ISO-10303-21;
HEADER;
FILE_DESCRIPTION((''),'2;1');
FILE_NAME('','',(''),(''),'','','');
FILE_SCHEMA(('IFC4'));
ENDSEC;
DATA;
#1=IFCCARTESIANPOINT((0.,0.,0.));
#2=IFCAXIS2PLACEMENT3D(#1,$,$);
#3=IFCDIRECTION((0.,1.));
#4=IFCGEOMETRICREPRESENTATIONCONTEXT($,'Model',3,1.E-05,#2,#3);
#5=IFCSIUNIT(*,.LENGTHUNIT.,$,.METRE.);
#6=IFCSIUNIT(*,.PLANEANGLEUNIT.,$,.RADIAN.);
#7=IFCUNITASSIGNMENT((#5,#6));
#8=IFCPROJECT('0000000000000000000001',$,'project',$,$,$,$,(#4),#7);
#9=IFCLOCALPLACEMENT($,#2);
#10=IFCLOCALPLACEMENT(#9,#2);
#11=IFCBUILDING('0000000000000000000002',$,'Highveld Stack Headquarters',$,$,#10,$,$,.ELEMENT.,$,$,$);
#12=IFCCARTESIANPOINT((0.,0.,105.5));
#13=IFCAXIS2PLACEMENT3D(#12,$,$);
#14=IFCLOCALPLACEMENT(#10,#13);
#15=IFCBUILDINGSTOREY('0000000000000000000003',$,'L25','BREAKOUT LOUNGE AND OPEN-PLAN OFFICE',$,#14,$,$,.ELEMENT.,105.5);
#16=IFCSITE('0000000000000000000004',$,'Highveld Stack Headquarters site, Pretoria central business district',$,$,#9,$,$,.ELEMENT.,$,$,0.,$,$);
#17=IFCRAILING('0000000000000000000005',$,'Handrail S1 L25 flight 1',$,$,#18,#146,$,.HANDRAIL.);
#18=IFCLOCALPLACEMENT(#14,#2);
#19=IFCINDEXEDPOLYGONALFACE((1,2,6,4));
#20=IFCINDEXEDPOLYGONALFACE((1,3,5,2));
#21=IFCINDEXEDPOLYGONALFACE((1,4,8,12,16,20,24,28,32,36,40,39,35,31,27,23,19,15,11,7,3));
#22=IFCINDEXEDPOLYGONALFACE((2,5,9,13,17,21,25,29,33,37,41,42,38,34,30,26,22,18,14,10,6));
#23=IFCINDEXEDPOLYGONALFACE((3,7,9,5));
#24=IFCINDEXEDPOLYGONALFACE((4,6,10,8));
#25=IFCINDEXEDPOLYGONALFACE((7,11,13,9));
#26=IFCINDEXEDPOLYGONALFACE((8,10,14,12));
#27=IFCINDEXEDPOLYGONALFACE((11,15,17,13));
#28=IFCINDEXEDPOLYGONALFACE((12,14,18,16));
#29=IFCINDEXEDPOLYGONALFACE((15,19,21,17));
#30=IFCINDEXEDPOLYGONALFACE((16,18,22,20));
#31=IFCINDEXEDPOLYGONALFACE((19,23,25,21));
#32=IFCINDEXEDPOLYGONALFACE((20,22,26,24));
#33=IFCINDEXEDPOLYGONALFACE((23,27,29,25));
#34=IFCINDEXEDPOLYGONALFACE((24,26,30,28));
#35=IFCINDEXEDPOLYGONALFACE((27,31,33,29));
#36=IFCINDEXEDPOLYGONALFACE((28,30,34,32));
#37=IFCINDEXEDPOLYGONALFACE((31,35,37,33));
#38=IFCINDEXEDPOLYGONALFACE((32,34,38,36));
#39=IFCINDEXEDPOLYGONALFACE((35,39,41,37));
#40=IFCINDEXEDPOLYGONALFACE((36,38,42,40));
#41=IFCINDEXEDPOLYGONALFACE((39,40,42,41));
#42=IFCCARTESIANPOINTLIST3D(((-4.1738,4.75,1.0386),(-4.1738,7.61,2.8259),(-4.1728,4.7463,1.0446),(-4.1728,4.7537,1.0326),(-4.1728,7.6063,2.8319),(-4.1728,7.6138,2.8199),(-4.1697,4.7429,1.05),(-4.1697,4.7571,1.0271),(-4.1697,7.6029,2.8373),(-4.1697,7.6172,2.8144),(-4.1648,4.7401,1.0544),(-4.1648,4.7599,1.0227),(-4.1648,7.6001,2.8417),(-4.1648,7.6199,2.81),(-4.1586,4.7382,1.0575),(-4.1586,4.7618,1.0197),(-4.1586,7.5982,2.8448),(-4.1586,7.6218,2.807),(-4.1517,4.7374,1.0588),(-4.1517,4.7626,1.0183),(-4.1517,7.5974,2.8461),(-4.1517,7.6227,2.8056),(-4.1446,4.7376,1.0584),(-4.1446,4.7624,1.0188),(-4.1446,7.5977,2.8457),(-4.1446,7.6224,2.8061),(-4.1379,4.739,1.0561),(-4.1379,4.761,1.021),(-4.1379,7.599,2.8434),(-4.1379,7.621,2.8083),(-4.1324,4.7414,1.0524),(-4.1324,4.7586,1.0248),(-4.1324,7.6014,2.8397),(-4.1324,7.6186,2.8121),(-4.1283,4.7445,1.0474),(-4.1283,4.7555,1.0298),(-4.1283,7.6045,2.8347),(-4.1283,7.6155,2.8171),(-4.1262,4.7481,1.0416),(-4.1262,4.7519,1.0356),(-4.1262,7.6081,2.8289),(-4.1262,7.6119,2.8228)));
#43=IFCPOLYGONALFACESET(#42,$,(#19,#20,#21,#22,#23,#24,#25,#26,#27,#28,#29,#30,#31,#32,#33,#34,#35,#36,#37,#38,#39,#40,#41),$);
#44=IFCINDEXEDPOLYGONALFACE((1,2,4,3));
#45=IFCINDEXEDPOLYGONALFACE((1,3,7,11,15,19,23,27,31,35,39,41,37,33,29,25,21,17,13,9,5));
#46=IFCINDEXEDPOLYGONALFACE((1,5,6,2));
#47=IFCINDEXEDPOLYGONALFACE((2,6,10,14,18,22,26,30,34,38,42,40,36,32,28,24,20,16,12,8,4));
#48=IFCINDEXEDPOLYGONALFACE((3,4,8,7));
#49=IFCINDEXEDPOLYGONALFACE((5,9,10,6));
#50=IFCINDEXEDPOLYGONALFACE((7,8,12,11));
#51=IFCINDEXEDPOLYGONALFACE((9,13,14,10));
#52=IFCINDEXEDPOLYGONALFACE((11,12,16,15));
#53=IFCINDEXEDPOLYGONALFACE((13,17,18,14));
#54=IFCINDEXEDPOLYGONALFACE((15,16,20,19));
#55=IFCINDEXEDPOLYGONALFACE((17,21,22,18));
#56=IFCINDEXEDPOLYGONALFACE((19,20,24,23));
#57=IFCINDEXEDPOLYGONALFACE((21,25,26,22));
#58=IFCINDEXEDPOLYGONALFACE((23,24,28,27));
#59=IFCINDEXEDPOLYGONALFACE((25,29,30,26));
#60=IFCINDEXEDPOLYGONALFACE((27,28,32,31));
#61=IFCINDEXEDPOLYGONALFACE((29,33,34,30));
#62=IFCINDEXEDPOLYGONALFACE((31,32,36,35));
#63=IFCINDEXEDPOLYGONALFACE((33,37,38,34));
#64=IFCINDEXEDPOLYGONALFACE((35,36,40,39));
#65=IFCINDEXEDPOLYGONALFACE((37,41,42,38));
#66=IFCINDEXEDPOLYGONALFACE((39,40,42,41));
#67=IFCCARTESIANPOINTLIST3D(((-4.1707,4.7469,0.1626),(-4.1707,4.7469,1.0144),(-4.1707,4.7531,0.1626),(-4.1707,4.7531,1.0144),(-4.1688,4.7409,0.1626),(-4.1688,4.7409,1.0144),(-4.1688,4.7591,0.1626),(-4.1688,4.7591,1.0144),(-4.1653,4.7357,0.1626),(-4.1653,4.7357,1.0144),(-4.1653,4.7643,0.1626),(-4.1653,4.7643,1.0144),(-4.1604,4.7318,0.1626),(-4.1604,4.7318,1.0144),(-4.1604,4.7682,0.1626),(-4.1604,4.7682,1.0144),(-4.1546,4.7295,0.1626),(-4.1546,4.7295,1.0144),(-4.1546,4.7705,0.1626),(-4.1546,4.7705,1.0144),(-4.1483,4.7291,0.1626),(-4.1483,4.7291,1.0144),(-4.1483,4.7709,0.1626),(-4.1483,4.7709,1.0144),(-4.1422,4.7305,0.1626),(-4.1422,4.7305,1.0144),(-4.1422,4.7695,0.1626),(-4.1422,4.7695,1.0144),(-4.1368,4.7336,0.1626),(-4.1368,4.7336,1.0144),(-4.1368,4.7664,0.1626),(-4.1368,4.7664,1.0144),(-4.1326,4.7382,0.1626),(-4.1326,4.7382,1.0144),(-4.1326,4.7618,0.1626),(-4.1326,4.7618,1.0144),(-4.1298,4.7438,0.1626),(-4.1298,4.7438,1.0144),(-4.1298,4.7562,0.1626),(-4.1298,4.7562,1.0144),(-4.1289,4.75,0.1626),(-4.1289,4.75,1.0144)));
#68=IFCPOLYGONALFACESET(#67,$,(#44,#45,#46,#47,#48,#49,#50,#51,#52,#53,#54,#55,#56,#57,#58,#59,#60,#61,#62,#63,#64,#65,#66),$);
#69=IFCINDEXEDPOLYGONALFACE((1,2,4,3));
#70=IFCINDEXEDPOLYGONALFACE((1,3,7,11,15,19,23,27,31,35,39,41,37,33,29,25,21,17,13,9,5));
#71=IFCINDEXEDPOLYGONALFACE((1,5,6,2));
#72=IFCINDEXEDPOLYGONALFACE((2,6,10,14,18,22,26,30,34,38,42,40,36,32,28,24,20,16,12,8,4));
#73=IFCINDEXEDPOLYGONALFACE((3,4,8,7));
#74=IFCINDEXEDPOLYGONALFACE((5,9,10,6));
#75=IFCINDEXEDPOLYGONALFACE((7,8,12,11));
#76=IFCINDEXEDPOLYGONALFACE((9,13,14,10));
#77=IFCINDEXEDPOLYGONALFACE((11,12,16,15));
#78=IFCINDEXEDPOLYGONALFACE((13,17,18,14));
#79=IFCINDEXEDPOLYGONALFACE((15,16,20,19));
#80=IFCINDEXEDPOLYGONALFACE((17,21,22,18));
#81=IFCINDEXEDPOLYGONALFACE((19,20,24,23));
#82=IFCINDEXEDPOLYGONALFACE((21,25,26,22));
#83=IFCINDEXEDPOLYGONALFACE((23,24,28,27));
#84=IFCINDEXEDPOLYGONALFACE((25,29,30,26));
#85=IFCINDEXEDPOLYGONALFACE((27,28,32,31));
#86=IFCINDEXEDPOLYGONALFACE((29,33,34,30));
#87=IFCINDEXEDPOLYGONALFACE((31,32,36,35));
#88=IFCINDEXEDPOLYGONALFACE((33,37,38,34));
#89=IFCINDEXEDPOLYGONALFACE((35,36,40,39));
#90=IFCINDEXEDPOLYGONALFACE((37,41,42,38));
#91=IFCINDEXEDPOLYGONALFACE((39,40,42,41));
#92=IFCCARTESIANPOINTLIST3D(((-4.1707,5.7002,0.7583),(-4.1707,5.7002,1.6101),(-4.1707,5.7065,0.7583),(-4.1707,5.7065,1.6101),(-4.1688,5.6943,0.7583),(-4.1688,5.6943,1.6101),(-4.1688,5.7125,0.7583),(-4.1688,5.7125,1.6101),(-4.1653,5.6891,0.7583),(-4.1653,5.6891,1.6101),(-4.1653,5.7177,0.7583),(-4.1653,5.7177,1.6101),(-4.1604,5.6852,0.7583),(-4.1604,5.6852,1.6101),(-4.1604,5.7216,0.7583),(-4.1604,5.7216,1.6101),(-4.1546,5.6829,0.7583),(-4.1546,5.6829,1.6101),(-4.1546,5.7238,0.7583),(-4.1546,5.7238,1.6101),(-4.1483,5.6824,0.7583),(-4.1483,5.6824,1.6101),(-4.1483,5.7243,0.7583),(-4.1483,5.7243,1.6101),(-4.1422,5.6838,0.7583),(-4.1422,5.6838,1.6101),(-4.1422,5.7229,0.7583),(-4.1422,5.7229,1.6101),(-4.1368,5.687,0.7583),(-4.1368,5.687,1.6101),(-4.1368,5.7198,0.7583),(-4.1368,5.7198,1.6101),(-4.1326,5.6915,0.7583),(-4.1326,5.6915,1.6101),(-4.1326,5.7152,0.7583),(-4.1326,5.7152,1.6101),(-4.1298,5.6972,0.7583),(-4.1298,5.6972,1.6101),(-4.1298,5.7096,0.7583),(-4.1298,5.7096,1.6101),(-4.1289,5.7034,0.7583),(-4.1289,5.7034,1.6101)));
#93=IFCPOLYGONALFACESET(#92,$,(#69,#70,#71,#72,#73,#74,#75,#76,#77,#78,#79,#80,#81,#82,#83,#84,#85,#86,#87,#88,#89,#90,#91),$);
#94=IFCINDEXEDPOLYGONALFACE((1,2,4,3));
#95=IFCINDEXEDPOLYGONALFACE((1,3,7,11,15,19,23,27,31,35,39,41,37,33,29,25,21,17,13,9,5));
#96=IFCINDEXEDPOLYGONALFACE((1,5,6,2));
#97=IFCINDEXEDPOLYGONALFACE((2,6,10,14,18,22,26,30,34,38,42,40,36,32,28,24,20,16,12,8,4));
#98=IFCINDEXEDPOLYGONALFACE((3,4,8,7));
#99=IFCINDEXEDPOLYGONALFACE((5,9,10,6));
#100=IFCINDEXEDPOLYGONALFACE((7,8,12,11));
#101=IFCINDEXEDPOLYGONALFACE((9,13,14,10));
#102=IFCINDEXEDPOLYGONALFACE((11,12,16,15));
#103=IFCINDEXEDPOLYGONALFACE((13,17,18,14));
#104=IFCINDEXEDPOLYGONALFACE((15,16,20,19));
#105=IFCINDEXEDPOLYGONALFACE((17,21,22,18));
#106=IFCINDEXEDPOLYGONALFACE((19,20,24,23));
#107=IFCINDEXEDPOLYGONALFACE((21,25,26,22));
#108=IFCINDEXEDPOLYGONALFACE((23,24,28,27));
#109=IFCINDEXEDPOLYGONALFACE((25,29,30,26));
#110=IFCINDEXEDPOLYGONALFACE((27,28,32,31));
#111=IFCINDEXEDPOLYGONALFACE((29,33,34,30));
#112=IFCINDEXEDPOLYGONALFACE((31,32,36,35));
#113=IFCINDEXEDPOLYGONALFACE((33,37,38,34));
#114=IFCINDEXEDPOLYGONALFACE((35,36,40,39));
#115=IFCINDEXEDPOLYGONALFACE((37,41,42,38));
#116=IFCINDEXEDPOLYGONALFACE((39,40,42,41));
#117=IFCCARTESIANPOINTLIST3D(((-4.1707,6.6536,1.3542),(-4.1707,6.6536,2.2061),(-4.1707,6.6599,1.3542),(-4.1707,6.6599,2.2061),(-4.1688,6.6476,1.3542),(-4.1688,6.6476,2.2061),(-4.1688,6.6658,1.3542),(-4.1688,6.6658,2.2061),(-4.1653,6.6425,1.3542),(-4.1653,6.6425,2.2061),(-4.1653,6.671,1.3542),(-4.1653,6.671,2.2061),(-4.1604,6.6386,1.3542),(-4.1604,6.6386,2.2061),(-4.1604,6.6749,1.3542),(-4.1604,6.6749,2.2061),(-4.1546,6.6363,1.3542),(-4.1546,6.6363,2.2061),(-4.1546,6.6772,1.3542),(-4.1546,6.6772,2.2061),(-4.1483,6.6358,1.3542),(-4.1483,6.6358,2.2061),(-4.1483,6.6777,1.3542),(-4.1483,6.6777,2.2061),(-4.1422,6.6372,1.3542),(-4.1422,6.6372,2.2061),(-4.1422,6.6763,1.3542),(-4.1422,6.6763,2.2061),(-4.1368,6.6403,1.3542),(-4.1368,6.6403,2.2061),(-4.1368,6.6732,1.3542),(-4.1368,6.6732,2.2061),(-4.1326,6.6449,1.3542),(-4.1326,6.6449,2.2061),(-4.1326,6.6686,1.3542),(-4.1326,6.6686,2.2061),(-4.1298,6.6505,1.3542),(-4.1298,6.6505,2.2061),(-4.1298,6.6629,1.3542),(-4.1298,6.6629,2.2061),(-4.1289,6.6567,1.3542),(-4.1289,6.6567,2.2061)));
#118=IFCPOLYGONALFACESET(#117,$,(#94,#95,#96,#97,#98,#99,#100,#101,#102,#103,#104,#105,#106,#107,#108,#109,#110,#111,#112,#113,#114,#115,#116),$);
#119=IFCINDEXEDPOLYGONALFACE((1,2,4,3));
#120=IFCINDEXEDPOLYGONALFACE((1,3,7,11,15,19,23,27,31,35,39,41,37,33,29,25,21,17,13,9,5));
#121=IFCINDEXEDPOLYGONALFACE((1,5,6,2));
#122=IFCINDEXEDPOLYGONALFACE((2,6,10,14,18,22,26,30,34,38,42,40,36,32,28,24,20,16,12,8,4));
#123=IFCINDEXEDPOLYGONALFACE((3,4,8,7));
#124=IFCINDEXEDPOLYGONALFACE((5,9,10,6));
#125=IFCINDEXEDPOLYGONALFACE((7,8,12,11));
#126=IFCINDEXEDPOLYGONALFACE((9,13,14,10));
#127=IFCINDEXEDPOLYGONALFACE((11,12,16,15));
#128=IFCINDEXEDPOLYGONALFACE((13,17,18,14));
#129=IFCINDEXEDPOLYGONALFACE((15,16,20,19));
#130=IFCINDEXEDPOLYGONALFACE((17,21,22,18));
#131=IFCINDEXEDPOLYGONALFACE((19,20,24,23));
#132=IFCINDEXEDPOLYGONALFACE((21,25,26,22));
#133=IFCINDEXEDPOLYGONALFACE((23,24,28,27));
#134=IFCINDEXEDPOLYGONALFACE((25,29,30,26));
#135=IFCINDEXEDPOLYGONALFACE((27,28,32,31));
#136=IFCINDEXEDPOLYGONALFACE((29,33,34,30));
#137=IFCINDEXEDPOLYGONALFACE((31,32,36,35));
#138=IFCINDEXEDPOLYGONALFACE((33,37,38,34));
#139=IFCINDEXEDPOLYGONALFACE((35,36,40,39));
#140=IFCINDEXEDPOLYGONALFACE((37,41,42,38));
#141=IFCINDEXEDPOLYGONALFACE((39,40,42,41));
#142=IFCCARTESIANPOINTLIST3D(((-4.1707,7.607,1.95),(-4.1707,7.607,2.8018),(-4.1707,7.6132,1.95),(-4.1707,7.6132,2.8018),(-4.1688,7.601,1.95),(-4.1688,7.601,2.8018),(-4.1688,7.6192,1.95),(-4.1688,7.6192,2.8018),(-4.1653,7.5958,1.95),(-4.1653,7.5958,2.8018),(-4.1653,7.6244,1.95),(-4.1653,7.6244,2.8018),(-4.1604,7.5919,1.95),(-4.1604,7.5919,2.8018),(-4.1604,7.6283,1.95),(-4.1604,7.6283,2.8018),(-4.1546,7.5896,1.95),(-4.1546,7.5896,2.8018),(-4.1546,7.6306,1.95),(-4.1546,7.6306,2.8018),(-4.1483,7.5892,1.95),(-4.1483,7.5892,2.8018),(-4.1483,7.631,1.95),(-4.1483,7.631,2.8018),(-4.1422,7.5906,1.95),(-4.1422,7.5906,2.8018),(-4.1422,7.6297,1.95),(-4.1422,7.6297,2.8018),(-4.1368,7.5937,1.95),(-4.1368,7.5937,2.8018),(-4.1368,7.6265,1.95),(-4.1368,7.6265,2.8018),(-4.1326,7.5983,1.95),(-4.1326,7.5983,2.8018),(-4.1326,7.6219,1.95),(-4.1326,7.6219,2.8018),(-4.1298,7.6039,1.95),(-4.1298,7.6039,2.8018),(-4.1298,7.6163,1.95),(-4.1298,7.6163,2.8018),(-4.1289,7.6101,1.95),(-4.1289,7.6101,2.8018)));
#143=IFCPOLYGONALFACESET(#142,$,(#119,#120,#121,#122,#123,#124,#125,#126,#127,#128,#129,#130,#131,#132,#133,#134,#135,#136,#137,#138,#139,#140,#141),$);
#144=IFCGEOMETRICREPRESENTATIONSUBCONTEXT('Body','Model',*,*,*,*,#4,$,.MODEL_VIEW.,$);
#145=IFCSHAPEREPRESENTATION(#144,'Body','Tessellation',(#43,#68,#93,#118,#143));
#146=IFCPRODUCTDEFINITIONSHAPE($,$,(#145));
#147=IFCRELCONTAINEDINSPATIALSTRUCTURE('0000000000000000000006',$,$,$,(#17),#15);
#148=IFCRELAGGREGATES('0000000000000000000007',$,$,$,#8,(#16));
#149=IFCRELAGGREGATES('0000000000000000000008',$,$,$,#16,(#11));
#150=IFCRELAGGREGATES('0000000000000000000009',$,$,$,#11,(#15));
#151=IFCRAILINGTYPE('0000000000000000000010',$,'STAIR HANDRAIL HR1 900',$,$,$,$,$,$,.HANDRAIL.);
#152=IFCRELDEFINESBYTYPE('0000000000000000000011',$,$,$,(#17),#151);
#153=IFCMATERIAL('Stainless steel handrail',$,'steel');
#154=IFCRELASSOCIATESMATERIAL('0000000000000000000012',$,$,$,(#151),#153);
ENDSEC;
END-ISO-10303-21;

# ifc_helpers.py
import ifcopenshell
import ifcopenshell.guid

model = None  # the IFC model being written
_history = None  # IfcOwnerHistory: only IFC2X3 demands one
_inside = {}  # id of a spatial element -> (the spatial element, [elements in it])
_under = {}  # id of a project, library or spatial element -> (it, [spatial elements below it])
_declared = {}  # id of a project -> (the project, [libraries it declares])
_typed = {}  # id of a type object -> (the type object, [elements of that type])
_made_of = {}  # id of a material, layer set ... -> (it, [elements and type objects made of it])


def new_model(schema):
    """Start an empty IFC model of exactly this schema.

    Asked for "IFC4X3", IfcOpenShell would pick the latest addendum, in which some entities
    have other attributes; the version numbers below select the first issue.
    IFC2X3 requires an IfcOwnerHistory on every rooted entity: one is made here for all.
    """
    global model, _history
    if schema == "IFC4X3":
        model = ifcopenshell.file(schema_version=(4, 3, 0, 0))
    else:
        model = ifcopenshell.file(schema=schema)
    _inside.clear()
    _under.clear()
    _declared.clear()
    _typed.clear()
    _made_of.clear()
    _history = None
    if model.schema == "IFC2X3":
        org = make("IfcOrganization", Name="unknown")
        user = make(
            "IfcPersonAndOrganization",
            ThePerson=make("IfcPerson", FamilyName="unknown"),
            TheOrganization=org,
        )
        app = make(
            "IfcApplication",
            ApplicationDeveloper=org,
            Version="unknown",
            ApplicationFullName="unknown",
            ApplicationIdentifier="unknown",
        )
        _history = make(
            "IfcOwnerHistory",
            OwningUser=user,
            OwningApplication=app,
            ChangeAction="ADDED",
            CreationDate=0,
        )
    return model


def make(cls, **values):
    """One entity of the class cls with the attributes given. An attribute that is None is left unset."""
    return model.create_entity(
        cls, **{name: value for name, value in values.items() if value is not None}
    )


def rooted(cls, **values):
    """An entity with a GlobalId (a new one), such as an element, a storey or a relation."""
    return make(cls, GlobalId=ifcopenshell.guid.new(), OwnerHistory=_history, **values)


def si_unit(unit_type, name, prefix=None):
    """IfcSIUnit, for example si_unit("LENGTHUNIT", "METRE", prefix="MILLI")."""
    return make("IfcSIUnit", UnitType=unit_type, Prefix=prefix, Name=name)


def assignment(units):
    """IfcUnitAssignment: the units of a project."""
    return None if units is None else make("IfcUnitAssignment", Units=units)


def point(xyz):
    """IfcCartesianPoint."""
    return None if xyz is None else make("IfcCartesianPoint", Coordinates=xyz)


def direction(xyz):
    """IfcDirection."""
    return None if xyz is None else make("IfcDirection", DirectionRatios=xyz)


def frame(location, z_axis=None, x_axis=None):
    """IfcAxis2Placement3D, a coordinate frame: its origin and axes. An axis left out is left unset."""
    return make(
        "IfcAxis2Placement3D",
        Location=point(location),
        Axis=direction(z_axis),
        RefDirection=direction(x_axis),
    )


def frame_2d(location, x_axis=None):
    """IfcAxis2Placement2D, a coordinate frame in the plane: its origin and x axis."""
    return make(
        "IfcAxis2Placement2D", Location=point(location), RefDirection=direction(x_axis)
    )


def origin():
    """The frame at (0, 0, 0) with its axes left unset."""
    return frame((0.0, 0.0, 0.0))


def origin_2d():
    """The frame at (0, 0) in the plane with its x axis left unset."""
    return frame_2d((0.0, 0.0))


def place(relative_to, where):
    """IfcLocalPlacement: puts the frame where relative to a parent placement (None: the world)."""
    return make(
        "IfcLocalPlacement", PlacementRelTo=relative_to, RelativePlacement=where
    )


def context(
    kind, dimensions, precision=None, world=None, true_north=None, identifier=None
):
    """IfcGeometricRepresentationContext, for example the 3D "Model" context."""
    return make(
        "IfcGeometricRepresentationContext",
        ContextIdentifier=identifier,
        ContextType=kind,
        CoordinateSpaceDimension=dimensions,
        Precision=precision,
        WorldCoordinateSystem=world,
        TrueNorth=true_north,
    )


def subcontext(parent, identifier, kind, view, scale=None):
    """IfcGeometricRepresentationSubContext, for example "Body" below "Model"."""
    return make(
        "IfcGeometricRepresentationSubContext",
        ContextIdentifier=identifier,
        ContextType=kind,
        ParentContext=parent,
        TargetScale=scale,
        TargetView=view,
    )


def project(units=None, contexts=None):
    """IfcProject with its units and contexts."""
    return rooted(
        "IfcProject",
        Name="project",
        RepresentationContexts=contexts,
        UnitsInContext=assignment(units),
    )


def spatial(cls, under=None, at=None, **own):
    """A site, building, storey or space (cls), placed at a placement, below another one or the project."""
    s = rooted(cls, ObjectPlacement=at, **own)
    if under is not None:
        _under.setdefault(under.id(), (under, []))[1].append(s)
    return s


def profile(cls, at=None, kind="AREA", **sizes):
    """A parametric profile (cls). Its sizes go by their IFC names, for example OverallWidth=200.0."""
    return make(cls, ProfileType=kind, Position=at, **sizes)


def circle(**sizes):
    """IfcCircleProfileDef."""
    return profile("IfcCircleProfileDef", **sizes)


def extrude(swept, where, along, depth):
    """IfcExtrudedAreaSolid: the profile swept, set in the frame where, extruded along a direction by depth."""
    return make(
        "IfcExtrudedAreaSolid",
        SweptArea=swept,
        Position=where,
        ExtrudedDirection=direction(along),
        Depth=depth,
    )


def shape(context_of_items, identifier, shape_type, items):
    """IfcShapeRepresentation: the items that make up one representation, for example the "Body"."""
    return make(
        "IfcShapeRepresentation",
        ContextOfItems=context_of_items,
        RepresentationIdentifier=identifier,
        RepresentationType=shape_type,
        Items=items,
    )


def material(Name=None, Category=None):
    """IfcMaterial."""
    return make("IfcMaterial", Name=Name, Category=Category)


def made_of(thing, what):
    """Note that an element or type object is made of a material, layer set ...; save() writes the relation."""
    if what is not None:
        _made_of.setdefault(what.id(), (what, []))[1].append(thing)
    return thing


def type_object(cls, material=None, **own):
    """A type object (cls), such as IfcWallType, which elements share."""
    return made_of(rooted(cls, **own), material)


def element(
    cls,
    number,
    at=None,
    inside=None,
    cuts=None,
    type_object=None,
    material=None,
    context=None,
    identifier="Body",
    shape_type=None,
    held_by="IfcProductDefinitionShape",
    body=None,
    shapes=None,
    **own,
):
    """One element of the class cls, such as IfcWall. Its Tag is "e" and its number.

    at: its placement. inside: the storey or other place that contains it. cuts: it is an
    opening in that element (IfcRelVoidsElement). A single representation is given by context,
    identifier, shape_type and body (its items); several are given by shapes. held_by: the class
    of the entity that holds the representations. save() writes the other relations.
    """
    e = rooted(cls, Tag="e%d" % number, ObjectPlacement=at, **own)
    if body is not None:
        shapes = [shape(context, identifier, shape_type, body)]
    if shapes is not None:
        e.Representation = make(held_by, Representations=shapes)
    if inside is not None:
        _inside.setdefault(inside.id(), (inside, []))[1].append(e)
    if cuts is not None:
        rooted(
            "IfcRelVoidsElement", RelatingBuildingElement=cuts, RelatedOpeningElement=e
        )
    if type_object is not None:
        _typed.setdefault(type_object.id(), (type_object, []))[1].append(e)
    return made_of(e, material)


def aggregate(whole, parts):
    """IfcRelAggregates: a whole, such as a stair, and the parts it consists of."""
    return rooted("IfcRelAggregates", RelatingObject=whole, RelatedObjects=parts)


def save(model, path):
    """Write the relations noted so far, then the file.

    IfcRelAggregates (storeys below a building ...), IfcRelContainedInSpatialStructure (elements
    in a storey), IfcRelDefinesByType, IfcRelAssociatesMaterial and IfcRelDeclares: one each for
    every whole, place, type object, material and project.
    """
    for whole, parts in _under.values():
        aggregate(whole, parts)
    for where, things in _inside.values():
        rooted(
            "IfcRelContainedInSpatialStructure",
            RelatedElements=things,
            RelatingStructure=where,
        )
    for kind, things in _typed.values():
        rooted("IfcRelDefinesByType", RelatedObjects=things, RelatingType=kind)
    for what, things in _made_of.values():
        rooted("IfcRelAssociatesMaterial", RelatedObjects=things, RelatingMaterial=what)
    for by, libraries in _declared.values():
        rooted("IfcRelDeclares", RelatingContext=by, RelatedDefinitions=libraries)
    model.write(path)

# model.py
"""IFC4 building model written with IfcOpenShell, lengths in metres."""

from ifc_helpers import new_model, si_unit, direction, frame, origin, origin_2d, place, context, subcontext, project, spatial, circle, extrude, material, type_object, element, save


model = new_model("IFC4")

# Units and contexts
model_context = context("Model", 3, precision=1e-05, world=origin(), true_north=direction((0.0, 1.0)))
body_context = subcontext(model_context, "Body", "Model", "MODEL_VIEW")
ifc_project = project(units=[si_unit("LENGTHUNIT", "METRE"), si_unit("PLANEANGLEUNIT", "RADIAN")], contexts=[model_context])

# Site, building, storey
site_placement = place(None, origin())
site = spatial("IfcSite", under=ifc_project, at=site_placement, Name="Highveld Stack Headquarters site, Pretoria central business district", CompositionType="ELEMENT", RefElevation=0.0)
building_placement = place(site_placement, origin())
building = spatial("IfcBuilding", under=site, at=building_placement, Name="Highveld Stack Headquarters", CompositionType="ELEMENT")
storey_placement = place(building_placement, frame((0.0, 0.0, 105.5)))
storey = spatial("IfcBuildingStorey", under=building, at=storey_placement, Name="L25", Description="BREAKOUT LOUNGE AND OPEN-PLAN OFFICE", CompositionType="ELEMENT", Elevation=105.5)

# Railing
ifc_material_1 = material(Name="Stainless steel handrail", Category="steel")
railing_type = type_object("IfcRailingType", Name="STAIR HANDRAIL HR1 900", PredefinedType="HANDRAIL", material=ifc_material_1)
for number, where, name in (
    (1, (-4.1499, 4.75, 0.1626), "Handrail S1 L25 flight 1"),
):
    element("IfcRailing", number, at=place(storey_placement, frame(where)), inside=storey, type_object=railing_type, Name=name, PredefinedType="HANDRAIL", context=body_context, shape_type="SweptSolid", body=[
        extrude(circle(Radius=0.0239, at=origin_2d()), frame((0.0, 0.0, 0.876), z_axis=(0.0, 0.848027, 0.529953), x_axis=(-1.0, 0.0, 0.0)), (0.0, 0.0, 1.0), 3.3726),
        extrude(circle(Radius=0.021, at=origin_2d()), origin(), (0.0, 0.0, 1.0), 0.8518),
        extrude(circle(Radius=0.021, at=origin_2d()), frame((0.0, 0.9534, 0.5957)), (0.0, 0.0, 1.0), 0.8518),
        extrude(circle(Radius=0.021, at=origin_2d()), frame((0.0, 1.9067, 1.1917)), (0.0, 0.0, 1.0), 0.8518),
        extrude(circle(Radius=0.021, at=origin_2d()), frame((0.0, 2.8601, 1.7874)), (0.0, 0.0, 1.0), 0.8518),
    ])

save(model, "model.ifc")
